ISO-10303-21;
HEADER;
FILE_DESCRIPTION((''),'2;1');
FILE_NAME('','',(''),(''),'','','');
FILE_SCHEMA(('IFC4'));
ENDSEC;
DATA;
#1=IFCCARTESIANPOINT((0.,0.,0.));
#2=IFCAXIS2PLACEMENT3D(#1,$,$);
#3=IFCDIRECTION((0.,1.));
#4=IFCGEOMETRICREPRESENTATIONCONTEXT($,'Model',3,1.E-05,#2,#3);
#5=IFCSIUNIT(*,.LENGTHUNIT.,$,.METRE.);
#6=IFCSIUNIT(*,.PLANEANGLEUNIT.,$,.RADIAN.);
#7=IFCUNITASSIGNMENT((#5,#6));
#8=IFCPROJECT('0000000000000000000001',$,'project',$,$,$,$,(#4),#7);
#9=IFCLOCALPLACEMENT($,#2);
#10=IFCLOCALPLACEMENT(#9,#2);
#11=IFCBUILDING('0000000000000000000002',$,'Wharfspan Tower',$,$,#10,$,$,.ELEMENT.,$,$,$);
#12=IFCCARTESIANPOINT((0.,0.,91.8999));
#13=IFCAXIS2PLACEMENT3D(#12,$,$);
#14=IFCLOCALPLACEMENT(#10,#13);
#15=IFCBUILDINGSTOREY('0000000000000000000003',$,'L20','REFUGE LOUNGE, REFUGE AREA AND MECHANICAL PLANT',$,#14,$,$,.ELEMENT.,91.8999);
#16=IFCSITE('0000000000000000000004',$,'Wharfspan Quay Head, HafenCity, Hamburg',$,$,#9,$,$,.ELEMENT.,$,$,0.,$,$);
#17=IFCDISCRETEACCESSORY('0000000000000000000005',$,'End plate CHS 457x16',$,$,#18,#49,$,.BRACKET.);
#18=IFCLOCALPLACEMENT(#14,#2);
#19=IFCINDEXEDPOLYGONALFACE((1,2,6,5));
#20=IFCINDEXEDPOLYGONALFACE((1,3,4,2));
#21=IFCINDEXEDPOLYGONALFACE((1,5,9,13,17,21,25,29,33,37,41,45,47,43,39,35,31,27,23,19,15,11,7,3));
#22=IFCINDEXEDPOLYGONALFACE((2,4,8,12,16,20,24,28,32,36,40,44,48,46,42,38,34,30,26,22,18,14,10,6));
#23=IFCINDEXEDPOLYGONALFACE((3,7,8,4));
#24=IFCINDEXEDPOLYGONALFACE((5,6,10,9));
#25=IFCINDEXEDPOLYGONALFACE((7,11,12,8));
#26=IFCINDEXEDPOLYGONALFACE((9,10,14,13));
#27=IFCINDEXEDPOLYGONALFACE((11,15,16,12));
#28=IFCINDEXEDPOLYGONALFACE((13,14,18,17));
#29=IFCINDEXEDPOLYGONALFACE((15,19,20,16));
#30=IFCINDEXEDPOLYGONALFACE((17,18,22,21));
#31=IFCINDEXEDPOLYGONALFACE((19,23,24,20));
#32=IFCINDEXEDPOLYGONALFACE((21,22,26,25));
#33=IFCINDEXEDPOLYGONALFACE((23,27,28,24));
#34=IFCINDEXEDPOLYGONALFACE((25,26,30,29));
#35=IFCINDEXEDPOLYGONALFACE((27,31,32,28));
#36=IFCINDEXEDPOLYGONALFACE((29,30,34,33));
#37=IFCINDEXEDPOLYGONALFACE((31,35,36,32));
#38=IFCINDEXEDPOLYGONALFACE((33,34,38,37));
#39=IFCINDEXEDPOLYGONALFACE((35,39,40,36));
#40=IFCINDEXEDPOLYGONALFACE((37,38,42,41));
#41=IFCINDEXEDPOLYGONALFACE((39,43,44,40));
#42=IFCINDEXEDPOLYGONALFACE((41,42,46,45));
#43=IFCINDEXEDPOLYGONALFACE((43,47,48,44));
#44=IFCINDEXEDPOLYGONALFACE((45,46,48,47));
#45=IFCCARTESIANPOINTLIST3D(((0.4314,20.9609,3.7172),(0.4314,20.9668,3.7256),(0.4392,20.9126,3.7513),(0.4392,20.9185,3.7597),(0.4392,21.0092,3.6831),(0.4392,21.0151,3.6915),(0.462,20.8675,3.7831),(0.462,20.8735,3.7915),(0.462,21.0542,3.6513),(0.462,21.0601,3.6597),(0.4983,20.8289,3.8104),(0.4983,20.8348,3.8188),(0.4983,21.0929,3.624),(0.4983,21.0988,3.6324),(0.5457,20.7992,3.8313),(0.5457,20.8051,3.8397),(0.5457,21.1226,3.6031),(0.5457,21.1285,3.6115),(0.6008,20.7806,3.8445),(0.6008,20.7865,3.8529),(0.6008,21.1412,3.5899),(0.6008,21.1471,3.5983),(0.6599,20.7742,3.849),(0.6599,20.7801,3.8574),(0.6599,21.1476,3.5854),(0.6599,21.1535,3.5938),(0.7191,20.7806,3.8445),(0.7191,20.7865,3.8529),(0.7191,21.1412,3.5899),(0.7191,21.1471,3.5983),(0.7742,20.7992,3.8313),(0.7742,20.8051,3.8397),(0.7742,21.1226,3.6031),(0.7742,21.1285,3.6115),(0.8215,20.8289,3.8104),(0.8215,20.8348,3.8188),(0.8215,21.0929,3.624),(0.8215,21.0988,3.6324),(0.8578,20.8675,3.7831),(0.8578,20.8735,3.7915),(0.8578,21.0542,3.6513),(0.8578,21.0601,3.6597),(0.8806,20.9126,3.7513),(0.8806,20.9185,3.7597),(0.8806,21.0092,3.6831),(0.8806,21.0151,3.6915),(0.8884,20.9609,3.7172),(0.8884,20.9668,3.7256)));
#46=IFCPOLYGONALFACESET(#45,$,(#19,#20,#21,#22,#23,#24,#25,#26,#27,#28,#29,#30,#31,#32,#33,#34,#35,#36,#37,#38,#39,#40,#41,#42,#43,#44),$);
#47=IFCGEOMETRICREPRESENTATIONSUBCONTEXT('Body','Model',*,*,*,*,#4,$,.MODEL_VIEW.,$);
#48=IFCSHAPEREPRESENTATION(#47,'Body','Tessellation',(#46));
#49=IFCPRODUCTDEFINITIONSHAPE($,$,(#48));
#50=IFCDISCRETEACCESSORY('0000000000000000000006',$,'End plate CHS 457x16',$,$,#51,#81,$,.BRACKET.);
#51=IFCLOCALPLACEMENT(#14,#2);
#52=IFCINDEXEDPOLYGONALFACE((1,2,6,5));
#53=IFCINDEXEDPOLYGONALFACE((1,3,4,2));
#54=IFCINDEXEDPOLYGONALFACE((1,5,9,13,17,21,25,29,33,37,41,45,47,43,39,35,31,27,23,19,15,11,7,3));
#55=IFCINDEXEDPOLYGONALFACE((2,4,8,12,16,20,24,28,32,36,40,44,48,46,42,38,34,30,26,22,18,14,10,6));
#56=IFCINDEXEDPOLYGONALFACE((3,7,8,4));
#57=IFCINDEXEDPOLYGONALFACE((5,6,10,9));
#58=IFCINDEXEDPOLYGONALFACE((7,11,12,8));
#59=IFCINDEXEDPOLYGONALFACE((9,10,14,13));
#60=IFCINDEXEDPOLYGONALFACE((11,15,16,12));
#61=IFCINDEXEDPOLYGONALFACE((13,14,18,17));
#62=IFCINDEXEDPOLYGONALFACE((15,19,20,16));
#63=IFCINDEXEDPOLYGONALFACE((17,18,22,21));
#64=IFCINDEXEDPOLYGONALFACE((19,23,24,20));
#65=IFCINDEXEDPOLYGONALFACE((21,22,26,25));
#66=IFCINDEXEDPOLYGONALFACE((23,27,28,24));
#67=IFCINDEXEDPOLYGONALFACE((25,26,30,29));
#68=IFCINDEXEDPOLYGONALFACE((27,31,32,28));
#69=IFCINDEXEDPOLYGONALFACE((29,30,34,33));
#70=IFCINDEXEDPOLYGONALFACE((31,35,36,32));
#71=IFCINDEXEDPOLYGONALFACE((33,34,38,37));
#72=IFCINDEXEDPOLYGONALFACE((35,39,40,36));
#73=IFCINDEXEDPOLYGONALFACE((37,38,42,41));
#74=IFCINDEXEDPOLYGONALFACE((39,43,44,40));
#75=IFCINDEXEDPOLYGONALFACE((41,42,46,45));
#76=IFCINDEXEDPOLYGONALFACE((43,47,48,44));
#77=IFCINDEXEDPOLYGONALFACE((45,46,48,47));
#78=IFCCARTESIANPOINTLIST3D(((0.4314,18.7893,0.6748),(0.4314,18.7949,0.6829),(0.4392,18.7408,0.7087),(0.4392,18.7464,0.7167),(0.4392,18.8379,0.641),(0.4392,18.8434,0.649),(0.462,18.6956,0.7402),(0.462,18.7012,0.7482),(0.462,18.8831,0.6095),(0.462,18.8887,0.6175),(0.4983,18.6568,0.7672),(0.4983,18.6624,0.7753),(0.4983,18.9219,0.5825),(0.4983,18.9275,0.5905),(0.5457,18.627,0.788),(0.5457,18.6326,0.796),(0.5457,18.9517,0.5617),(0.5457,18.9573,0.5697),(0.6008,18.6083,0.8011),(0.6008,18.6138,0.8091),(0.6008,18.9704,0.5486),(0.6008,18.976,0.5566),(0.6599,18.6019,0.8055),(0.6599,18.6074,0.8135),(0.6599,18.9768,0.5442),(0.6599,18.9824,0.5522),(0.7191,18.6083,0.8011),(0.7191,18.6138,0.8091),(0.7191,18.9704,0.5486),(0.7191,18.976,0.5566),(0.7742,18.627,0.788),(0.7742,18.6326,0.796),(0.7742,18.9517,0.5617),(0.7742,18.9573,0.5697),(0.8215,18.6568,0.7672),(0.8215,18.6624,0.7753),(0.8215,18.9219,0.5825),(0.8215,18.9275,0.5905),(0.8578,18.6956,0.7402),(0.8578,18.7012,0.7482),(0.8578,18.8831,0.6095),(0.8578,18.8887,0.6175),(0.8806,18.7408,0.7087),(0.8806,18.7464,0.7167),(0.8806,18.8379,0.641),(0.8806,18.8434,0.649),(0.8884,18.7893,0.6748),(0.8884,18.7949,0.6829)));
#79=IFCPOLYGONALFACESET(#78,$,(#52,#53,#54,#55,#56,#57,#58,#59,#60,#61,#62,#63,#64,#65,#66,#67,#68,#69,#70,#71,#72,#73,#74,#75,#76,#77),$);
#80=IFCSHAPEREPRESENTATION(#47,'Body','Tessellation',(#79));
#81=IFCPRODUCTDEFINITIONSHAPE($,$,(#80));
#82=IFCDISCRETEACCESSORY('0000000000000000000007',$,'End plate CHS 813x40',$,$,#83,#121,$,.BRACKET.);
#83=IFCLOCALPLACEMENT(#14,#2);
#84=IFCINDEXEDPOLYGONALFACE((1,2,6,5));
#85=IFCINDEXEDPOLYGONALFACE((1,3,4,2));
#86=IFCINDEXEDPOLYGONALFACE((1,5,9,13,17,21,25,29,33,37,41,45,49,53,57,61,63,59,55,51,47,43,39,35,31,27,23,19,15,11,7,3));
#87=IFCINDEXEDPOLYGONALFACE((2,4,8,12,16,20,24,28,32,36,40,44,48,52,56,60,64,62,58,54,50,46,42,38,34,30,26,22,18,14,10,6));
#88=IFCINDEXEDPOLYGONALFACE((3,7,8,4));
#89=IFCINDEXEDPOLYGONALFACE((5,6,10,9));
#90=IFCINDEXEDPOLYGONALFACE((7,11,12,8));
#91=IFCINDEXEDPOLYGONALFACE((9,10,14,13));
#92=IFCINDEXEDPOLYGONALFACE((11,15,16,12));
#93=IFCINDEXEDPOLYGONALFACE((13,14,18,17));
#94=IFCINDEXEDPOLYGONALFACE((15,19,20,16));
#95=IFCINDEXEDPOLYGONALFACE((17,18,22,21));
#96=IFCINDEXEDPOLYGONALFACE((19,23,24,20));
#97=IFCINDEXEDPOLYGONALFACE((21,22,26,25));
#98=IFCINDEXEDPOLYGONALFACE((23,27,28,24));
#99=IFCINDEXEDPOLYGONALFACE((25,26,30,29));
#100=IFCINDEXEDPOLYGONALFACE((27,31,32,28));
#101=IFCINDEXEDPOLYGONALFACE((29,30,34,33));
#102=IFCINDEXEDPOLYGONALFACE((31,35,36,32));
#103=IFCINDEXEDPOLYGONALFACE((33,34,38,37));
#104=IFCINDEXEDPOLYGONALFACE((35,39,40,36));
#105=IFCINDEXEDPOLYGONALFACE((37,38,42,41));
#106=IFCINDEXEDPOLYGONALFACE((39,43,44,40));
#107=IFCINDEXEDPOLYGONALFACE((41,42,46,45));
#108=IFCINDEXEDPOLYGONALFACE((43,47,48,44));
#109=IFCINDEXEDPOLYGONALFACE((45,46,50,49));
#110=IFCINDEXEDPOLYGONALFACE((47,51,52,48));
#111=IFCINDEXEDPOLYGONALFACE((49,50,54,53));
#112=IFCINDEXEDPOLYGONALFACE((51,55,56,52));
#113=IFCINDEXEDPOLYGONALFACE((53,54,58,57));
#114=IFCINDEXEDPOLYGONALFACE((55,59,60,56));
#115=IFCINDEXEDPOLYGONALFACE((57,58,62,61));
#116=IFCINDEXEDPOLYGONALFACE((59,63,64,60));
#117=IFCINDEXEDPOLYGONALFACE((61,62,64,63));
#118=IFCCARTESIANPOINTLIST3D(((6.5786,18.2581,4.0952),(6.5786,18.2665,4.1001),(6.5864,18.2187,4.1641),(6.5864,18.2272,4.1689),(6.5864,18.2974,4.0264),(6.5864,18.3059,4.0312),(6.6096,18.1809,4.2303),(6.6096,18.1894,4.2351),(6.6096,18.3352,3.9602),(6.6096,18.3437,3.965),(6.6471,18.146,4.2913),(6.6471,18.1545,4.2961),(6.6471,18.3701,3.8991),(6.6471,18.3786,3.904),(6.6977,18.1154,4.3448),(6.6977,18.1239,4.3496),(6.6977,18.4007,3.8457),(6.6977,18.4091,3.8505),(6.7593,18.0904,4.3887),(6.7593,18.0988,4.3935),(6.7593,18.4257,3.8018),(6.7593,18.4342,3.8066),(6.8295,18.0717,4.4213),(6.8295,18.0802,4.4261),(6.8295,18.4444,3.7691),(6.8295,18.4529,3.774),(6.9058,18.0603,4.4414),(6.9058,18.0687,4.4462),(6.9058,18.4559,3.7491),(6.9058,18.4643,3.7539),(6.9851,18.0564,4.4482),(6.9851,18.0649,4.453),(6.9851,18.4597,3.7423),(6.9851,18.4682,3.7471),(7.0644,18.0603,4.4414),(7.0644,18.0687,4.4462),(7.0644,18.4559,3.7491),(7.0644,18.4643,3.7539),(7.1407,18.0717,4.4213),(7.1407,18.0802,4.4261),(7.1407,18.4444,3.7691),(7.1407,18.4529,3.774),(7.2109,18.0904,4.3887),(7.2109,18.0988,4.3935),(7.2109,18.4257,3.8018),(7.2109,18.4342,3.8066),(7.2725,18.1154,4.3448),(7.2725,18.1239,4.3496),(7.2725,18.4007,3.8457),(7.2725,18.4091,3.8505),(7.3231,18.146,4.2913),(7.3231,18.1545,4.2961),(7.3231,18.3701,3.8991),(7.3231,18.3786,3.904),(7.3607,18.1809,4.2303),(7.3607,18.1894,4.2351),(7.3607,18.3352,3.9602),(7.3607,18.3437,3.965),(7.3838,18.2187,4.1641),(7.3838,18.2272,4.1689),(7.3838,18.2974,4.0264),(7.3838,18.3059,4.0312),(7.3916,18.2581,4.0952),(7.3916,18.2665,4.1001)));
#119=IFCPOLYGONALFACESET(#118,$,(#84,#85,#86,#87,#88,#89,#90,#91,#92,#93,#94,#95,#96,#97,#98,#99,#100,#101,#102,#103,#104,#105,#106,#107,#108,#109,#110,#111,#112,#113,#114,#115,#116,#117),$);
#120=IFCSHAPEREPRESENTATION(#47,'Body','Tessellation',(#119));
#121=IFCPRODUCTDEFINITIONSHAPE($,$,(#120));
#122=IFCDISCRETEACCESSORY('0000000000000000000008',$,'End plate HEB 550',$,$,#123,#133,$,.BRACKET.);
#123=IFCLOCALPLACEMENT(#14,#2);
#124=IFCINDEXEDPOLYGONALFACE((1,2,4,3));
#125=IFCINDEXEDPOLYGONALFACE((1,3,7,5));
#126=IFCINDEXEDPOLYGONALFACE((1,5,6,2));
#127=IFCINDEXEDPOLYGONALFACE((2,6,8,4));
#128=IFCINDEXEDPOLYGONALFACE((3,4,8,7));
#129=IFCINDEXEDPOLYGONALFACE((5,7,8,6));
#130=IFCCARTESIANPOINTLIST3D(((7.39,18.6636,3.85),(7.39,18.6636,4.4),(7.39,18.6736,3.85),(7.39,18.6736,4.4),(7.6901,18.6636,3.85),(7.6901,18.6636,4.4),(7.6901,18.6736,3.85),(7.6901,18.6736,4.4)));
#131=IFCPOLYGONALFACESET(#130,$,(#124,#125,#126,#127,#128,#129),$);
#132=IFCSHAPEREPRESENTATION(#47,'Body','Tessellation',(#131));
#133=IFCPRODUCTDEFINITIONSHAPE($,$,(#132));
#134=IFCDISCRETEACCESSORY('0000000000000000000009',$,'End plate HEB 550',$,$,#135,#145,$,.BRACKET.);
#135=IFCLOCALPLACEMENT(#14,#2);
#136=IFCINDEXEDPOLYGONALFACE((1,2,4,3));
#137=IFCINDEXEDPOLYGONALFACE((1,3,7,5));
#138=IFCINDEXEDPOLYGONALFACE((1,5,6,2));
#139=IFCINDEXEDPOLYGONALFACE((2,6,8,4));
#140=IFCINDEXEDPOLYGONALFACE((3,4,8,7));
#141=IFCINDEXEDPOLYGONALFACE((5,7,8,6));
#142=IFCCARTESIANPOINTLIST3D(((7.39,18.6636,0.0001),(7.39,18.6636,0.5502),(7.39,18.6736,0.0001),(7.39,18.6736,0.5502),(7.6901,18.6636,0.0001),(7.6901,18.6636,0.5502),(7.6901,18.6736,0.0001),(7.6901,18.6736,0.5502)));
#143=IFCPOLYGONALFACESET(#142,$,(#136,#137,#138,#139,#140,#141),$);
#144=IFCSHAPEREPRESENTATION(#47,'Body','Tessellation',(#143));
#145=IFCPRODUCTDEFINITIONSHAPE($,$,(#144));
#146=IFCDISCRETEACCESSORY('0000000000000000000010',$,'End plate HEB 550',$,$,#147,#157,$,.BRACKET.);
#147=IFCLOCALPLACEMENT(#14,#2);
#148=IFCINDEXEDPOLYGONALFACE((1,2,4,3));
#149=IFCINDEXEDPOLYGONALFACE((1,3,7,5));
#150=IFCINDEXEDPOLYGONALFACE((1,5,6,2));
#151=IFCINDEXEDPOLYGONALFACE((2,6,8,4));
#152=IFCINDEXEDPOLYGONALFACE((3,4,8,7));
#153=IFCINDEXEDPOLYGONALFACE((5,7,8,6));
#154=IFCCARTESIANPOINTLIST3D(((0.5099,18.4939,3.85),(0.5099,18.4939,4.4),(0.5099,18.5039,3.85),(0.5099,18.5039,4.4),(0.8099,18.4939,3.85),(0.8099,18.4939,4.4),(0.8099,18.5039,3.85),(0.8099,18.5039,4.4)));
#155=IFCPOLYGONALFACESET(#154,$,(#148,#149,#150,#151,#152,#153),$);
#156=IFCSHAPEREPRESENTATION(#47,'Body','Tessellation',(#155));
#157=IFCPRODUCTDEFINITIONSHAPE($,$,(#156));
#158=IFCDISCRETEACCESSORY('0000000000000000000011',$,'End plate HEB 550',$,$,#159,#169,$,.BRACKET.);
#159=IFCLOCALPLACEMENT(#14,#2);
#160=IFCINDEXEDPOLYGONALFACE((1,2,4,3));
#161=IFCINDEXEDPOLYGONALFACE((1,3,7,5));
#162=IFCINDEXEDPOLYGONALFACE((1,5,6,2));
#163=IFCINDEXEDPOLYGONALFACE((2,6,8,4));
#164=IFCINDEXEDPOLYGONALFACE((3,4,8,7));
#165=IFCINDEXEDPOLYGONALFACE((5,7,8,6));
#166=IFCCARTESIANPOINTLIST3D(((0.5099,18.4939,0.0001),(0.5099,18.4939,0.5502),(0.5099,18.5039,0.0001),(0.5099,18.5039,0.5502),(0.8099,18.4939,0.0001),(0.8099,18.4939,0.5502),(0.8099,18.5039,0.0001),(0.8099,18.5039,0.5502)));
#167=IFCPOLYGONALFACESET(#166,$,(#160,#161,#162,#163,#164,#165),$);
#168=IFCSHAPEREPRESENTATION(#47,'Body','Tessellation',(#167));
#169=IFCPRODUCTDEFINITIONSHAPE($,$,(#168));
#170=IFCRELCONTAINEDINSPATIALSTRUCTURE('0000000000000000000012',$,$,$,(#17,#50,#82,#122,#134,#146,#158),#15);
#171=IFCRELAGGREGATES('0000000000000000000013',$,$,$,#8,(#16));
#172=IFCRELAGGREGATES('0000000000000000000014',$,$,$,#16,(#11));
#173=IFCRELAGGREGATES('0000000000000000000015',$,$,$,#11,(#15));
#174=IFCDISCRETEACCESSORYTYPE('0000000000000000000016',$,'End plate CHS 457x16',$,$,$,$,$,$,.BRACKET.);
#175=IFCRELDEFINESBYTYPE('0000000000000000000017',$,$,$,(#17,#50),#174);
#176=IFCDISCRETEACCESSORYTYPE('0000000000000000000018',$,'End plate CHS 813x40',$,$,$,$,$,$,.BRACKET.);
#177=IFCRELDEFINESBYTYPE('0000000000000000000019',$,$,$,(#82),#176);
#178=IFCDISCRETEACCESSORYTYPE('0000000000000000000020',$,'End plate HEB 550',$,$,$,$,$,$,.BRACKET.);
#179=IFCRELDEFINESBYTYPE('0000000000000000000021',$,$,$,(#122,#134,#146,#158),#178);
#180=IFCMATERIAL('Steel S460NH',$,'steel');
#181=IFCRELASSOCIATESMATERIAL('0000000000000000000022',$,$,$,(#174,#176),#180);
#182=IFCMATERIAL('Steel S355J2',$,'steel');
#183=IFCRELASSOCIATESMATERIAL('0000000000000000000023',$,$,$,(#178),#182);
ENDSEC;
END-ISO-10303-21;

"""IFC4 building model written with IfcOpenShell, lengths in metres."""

from ifc_helpers import new_model, si_unit, direction, frame, origin, origin_2d, place, context, subcontext, project, spatial, rectangle, circle, extrude, material, material_profile, profile_set, type_object, element, save


model = new_model("IFC4")

# Units and contexts
model_context = context("Model", 3, precision=1e-05, world=origin(), true_north=direction((0.0, 1.0)))
body_context = subcontext(model_context, "Body", "Model", "MODEL_VIEW")
ifc_project = project(units=[si_unit("LENGTHUNIT", "METRE"), si_unit("PLANEANGLEUNIT", "RADIAN")], contexts=[model_context])

# Site, building, storey
site_placement = place(None, origin())
site = spatial("IfcSite", under=ifc_project, at=site_placement, Name="Wharfspan Quay Head, HafenCity, Hamburg", CompositionType="ELEMENT", RefElevation=0.0)
building_placement = place(site_placement, origin())
building = spatial("IfcBuilding", under=site, at=building_placement, Name="Wharfspan Tower", CompositionType="ELEMENT")
storey_placement = place(building_placement, frame((0.0, 0.0, 91.8999)))
storey = spatial("IfcBuildingStorey", under=building, at=storey_placement, Name="L20", Description="REFUGE LOUNGE, REFUGE AREA AND MECHANICAL PLANT", CompositionType="ELEMENT", Elevation=91.8999)

# Shared definitions
ifc_material_1 = material(Name="Steel S355J2", Category="steel")

# Shared definitions
ifc_material_2 = material(Name="Steel S460NH", Category="steel")

# Discrete accessories
ifc_material_profile_1 = material_profile(ifc_material_2, circle(Radius=0.2285, at=origin_2d()))
ifc_profile_set_1 = profile_set([ifc_material_profile_1], Name="Steel S460NH")
discrete_accessory_type_1 = type_object("IfcDiscreteAccessoryType", Name="End plate CHS 457x16", PredefinedType="BRACKET", material=ifc_profile_set_1)
for number, where, z_axis, x_axis, name in (
    (1, (0.6599, 20.9668, 3.7256), (0.0, -0.576683, -0.816968), (1.0, 0.0, 0.0), "End plate CHS 457x16"),
):
    element("IfcDiscreteAccessory", number, at=place(storey_placement, frame(where, z_axis=z_axis, x_axis=x_axis)), inside=storey, type_object=discrete_accessory_type_1, Name=name, PredefinedType="BRACKET", context=body_context, shape_type="SweptSolid", body=[
        extrude(circle(Radius=0.2285, at=origin_2d()), origin(), (0.0, 0.0, 1.0), 0.0103),
    ])
discrete_accessory_1_placement = place(storey_placement, frame((0.6599, 18.7949, 0.6829), z_axis=(0.0, -0.571793, -0.820398), x_axis=(1.0, 0.0, 0.0)))
element("IfcDiscreteAccessory", 2, at=discrete_accessory_1_placement, inside=storey, type_object=discrete_accessory_type_1, Name="End plate CHS 457x16", PredefinedType="BRACKET", context=body_context, shape_type="SweptSolid", body=[
    extrude(circle(Radius=0.2285, at=origin_2d()), origin(), (0.0, 0.0, 1.0), 0.0098),
])
ifc_material_profile_2 = material_profile(ifc_material_2, circle(Radius=0.4065, at=origin_2d()))
ifc_profile_set_2 = profile_set([ifc_material_profile_2], Name="Steel S460NH")
discrete_accessory_type_2 = type_object("IfcDiscreteAccessoryType", Name="End plate CHS 813x40", PredefinedType="BRACKET", material=ifc_profile_set_2)
discrete_accessory_2_placement = place(storey_placement, frame((6.9851, 18.2581, 4.0952), z_axis=(0.0, 0.868243, 0.496139), x_axis=(-1.0, 0.0, 0.0)))
element("IfcDiscreteAccessory", 3, at=discrete_accessory_2_placement, inside=storey, type_object=discrete_accessory_type_2, Name="End plate CHS 813x40", PredefinedType="BRACKET", context=body_context, shape_type="SweptSolid", body=[
    extrude(circle(Radius=0.4065, at=origin_2d()), origin(), (0.0, 0.0, 1.0), 0.0098),
])
ifc_material_profile_3 = material_profile(ifc_material_1, rectangle(XDim=0.3, YDim=0.55, at=origin_2d()))
ifc_profile_set_3 = profile_set([ifc_material_profile_3], Name="Steel S355J2")
discrete_accessory_type_3 = type_object("IfcDiscreteAccessoryType", Name="End plate HEB 550", PredefinedType="BRACKET", material=ifc_profile_set_3)
for number, where, z_axis, x_axis, name in (
    (4, (7.54, 18.6736, 4.125), (0.0, -1.0, 0.0), (1.0, 0.0, 0.0), "End plate HEB 550"),
    (5, (7.54, 18.6736, 0.2751), (0.0, -1.0, 0.0), (1.0, 0.0, 0.0), "End plate HEB 550"),
    (6, (0.6599, 18.5039, 4.125), (0.0, -1.0, 0.0), (1.0, 0.0, 0.0), "End plate HEB 550"),
    (7, (0.6599, 18.5039, 0.2751), (0.0, -1.0, 0.0), (1.0, 0.0, 0.0), "End plate HEB 550"),
):
    element("IfcDiscreteAccessory", number, at=place(storey_placement, frame(where, z_axis=z_axis, x_axis=x_axis)), inside=storey, type_object=discrete_accessory_type_3, Name=name, PredefinedType="BRACKET", context=body_context, shape_type="SweptSolid", body=[
        extrude(rectangle(XDim=0.3, YDim=0.55, at=origin_2d()), origin(), (0.0, 0.0, 1.0), 0.01),
    ])

save(model, "model.ifc")
